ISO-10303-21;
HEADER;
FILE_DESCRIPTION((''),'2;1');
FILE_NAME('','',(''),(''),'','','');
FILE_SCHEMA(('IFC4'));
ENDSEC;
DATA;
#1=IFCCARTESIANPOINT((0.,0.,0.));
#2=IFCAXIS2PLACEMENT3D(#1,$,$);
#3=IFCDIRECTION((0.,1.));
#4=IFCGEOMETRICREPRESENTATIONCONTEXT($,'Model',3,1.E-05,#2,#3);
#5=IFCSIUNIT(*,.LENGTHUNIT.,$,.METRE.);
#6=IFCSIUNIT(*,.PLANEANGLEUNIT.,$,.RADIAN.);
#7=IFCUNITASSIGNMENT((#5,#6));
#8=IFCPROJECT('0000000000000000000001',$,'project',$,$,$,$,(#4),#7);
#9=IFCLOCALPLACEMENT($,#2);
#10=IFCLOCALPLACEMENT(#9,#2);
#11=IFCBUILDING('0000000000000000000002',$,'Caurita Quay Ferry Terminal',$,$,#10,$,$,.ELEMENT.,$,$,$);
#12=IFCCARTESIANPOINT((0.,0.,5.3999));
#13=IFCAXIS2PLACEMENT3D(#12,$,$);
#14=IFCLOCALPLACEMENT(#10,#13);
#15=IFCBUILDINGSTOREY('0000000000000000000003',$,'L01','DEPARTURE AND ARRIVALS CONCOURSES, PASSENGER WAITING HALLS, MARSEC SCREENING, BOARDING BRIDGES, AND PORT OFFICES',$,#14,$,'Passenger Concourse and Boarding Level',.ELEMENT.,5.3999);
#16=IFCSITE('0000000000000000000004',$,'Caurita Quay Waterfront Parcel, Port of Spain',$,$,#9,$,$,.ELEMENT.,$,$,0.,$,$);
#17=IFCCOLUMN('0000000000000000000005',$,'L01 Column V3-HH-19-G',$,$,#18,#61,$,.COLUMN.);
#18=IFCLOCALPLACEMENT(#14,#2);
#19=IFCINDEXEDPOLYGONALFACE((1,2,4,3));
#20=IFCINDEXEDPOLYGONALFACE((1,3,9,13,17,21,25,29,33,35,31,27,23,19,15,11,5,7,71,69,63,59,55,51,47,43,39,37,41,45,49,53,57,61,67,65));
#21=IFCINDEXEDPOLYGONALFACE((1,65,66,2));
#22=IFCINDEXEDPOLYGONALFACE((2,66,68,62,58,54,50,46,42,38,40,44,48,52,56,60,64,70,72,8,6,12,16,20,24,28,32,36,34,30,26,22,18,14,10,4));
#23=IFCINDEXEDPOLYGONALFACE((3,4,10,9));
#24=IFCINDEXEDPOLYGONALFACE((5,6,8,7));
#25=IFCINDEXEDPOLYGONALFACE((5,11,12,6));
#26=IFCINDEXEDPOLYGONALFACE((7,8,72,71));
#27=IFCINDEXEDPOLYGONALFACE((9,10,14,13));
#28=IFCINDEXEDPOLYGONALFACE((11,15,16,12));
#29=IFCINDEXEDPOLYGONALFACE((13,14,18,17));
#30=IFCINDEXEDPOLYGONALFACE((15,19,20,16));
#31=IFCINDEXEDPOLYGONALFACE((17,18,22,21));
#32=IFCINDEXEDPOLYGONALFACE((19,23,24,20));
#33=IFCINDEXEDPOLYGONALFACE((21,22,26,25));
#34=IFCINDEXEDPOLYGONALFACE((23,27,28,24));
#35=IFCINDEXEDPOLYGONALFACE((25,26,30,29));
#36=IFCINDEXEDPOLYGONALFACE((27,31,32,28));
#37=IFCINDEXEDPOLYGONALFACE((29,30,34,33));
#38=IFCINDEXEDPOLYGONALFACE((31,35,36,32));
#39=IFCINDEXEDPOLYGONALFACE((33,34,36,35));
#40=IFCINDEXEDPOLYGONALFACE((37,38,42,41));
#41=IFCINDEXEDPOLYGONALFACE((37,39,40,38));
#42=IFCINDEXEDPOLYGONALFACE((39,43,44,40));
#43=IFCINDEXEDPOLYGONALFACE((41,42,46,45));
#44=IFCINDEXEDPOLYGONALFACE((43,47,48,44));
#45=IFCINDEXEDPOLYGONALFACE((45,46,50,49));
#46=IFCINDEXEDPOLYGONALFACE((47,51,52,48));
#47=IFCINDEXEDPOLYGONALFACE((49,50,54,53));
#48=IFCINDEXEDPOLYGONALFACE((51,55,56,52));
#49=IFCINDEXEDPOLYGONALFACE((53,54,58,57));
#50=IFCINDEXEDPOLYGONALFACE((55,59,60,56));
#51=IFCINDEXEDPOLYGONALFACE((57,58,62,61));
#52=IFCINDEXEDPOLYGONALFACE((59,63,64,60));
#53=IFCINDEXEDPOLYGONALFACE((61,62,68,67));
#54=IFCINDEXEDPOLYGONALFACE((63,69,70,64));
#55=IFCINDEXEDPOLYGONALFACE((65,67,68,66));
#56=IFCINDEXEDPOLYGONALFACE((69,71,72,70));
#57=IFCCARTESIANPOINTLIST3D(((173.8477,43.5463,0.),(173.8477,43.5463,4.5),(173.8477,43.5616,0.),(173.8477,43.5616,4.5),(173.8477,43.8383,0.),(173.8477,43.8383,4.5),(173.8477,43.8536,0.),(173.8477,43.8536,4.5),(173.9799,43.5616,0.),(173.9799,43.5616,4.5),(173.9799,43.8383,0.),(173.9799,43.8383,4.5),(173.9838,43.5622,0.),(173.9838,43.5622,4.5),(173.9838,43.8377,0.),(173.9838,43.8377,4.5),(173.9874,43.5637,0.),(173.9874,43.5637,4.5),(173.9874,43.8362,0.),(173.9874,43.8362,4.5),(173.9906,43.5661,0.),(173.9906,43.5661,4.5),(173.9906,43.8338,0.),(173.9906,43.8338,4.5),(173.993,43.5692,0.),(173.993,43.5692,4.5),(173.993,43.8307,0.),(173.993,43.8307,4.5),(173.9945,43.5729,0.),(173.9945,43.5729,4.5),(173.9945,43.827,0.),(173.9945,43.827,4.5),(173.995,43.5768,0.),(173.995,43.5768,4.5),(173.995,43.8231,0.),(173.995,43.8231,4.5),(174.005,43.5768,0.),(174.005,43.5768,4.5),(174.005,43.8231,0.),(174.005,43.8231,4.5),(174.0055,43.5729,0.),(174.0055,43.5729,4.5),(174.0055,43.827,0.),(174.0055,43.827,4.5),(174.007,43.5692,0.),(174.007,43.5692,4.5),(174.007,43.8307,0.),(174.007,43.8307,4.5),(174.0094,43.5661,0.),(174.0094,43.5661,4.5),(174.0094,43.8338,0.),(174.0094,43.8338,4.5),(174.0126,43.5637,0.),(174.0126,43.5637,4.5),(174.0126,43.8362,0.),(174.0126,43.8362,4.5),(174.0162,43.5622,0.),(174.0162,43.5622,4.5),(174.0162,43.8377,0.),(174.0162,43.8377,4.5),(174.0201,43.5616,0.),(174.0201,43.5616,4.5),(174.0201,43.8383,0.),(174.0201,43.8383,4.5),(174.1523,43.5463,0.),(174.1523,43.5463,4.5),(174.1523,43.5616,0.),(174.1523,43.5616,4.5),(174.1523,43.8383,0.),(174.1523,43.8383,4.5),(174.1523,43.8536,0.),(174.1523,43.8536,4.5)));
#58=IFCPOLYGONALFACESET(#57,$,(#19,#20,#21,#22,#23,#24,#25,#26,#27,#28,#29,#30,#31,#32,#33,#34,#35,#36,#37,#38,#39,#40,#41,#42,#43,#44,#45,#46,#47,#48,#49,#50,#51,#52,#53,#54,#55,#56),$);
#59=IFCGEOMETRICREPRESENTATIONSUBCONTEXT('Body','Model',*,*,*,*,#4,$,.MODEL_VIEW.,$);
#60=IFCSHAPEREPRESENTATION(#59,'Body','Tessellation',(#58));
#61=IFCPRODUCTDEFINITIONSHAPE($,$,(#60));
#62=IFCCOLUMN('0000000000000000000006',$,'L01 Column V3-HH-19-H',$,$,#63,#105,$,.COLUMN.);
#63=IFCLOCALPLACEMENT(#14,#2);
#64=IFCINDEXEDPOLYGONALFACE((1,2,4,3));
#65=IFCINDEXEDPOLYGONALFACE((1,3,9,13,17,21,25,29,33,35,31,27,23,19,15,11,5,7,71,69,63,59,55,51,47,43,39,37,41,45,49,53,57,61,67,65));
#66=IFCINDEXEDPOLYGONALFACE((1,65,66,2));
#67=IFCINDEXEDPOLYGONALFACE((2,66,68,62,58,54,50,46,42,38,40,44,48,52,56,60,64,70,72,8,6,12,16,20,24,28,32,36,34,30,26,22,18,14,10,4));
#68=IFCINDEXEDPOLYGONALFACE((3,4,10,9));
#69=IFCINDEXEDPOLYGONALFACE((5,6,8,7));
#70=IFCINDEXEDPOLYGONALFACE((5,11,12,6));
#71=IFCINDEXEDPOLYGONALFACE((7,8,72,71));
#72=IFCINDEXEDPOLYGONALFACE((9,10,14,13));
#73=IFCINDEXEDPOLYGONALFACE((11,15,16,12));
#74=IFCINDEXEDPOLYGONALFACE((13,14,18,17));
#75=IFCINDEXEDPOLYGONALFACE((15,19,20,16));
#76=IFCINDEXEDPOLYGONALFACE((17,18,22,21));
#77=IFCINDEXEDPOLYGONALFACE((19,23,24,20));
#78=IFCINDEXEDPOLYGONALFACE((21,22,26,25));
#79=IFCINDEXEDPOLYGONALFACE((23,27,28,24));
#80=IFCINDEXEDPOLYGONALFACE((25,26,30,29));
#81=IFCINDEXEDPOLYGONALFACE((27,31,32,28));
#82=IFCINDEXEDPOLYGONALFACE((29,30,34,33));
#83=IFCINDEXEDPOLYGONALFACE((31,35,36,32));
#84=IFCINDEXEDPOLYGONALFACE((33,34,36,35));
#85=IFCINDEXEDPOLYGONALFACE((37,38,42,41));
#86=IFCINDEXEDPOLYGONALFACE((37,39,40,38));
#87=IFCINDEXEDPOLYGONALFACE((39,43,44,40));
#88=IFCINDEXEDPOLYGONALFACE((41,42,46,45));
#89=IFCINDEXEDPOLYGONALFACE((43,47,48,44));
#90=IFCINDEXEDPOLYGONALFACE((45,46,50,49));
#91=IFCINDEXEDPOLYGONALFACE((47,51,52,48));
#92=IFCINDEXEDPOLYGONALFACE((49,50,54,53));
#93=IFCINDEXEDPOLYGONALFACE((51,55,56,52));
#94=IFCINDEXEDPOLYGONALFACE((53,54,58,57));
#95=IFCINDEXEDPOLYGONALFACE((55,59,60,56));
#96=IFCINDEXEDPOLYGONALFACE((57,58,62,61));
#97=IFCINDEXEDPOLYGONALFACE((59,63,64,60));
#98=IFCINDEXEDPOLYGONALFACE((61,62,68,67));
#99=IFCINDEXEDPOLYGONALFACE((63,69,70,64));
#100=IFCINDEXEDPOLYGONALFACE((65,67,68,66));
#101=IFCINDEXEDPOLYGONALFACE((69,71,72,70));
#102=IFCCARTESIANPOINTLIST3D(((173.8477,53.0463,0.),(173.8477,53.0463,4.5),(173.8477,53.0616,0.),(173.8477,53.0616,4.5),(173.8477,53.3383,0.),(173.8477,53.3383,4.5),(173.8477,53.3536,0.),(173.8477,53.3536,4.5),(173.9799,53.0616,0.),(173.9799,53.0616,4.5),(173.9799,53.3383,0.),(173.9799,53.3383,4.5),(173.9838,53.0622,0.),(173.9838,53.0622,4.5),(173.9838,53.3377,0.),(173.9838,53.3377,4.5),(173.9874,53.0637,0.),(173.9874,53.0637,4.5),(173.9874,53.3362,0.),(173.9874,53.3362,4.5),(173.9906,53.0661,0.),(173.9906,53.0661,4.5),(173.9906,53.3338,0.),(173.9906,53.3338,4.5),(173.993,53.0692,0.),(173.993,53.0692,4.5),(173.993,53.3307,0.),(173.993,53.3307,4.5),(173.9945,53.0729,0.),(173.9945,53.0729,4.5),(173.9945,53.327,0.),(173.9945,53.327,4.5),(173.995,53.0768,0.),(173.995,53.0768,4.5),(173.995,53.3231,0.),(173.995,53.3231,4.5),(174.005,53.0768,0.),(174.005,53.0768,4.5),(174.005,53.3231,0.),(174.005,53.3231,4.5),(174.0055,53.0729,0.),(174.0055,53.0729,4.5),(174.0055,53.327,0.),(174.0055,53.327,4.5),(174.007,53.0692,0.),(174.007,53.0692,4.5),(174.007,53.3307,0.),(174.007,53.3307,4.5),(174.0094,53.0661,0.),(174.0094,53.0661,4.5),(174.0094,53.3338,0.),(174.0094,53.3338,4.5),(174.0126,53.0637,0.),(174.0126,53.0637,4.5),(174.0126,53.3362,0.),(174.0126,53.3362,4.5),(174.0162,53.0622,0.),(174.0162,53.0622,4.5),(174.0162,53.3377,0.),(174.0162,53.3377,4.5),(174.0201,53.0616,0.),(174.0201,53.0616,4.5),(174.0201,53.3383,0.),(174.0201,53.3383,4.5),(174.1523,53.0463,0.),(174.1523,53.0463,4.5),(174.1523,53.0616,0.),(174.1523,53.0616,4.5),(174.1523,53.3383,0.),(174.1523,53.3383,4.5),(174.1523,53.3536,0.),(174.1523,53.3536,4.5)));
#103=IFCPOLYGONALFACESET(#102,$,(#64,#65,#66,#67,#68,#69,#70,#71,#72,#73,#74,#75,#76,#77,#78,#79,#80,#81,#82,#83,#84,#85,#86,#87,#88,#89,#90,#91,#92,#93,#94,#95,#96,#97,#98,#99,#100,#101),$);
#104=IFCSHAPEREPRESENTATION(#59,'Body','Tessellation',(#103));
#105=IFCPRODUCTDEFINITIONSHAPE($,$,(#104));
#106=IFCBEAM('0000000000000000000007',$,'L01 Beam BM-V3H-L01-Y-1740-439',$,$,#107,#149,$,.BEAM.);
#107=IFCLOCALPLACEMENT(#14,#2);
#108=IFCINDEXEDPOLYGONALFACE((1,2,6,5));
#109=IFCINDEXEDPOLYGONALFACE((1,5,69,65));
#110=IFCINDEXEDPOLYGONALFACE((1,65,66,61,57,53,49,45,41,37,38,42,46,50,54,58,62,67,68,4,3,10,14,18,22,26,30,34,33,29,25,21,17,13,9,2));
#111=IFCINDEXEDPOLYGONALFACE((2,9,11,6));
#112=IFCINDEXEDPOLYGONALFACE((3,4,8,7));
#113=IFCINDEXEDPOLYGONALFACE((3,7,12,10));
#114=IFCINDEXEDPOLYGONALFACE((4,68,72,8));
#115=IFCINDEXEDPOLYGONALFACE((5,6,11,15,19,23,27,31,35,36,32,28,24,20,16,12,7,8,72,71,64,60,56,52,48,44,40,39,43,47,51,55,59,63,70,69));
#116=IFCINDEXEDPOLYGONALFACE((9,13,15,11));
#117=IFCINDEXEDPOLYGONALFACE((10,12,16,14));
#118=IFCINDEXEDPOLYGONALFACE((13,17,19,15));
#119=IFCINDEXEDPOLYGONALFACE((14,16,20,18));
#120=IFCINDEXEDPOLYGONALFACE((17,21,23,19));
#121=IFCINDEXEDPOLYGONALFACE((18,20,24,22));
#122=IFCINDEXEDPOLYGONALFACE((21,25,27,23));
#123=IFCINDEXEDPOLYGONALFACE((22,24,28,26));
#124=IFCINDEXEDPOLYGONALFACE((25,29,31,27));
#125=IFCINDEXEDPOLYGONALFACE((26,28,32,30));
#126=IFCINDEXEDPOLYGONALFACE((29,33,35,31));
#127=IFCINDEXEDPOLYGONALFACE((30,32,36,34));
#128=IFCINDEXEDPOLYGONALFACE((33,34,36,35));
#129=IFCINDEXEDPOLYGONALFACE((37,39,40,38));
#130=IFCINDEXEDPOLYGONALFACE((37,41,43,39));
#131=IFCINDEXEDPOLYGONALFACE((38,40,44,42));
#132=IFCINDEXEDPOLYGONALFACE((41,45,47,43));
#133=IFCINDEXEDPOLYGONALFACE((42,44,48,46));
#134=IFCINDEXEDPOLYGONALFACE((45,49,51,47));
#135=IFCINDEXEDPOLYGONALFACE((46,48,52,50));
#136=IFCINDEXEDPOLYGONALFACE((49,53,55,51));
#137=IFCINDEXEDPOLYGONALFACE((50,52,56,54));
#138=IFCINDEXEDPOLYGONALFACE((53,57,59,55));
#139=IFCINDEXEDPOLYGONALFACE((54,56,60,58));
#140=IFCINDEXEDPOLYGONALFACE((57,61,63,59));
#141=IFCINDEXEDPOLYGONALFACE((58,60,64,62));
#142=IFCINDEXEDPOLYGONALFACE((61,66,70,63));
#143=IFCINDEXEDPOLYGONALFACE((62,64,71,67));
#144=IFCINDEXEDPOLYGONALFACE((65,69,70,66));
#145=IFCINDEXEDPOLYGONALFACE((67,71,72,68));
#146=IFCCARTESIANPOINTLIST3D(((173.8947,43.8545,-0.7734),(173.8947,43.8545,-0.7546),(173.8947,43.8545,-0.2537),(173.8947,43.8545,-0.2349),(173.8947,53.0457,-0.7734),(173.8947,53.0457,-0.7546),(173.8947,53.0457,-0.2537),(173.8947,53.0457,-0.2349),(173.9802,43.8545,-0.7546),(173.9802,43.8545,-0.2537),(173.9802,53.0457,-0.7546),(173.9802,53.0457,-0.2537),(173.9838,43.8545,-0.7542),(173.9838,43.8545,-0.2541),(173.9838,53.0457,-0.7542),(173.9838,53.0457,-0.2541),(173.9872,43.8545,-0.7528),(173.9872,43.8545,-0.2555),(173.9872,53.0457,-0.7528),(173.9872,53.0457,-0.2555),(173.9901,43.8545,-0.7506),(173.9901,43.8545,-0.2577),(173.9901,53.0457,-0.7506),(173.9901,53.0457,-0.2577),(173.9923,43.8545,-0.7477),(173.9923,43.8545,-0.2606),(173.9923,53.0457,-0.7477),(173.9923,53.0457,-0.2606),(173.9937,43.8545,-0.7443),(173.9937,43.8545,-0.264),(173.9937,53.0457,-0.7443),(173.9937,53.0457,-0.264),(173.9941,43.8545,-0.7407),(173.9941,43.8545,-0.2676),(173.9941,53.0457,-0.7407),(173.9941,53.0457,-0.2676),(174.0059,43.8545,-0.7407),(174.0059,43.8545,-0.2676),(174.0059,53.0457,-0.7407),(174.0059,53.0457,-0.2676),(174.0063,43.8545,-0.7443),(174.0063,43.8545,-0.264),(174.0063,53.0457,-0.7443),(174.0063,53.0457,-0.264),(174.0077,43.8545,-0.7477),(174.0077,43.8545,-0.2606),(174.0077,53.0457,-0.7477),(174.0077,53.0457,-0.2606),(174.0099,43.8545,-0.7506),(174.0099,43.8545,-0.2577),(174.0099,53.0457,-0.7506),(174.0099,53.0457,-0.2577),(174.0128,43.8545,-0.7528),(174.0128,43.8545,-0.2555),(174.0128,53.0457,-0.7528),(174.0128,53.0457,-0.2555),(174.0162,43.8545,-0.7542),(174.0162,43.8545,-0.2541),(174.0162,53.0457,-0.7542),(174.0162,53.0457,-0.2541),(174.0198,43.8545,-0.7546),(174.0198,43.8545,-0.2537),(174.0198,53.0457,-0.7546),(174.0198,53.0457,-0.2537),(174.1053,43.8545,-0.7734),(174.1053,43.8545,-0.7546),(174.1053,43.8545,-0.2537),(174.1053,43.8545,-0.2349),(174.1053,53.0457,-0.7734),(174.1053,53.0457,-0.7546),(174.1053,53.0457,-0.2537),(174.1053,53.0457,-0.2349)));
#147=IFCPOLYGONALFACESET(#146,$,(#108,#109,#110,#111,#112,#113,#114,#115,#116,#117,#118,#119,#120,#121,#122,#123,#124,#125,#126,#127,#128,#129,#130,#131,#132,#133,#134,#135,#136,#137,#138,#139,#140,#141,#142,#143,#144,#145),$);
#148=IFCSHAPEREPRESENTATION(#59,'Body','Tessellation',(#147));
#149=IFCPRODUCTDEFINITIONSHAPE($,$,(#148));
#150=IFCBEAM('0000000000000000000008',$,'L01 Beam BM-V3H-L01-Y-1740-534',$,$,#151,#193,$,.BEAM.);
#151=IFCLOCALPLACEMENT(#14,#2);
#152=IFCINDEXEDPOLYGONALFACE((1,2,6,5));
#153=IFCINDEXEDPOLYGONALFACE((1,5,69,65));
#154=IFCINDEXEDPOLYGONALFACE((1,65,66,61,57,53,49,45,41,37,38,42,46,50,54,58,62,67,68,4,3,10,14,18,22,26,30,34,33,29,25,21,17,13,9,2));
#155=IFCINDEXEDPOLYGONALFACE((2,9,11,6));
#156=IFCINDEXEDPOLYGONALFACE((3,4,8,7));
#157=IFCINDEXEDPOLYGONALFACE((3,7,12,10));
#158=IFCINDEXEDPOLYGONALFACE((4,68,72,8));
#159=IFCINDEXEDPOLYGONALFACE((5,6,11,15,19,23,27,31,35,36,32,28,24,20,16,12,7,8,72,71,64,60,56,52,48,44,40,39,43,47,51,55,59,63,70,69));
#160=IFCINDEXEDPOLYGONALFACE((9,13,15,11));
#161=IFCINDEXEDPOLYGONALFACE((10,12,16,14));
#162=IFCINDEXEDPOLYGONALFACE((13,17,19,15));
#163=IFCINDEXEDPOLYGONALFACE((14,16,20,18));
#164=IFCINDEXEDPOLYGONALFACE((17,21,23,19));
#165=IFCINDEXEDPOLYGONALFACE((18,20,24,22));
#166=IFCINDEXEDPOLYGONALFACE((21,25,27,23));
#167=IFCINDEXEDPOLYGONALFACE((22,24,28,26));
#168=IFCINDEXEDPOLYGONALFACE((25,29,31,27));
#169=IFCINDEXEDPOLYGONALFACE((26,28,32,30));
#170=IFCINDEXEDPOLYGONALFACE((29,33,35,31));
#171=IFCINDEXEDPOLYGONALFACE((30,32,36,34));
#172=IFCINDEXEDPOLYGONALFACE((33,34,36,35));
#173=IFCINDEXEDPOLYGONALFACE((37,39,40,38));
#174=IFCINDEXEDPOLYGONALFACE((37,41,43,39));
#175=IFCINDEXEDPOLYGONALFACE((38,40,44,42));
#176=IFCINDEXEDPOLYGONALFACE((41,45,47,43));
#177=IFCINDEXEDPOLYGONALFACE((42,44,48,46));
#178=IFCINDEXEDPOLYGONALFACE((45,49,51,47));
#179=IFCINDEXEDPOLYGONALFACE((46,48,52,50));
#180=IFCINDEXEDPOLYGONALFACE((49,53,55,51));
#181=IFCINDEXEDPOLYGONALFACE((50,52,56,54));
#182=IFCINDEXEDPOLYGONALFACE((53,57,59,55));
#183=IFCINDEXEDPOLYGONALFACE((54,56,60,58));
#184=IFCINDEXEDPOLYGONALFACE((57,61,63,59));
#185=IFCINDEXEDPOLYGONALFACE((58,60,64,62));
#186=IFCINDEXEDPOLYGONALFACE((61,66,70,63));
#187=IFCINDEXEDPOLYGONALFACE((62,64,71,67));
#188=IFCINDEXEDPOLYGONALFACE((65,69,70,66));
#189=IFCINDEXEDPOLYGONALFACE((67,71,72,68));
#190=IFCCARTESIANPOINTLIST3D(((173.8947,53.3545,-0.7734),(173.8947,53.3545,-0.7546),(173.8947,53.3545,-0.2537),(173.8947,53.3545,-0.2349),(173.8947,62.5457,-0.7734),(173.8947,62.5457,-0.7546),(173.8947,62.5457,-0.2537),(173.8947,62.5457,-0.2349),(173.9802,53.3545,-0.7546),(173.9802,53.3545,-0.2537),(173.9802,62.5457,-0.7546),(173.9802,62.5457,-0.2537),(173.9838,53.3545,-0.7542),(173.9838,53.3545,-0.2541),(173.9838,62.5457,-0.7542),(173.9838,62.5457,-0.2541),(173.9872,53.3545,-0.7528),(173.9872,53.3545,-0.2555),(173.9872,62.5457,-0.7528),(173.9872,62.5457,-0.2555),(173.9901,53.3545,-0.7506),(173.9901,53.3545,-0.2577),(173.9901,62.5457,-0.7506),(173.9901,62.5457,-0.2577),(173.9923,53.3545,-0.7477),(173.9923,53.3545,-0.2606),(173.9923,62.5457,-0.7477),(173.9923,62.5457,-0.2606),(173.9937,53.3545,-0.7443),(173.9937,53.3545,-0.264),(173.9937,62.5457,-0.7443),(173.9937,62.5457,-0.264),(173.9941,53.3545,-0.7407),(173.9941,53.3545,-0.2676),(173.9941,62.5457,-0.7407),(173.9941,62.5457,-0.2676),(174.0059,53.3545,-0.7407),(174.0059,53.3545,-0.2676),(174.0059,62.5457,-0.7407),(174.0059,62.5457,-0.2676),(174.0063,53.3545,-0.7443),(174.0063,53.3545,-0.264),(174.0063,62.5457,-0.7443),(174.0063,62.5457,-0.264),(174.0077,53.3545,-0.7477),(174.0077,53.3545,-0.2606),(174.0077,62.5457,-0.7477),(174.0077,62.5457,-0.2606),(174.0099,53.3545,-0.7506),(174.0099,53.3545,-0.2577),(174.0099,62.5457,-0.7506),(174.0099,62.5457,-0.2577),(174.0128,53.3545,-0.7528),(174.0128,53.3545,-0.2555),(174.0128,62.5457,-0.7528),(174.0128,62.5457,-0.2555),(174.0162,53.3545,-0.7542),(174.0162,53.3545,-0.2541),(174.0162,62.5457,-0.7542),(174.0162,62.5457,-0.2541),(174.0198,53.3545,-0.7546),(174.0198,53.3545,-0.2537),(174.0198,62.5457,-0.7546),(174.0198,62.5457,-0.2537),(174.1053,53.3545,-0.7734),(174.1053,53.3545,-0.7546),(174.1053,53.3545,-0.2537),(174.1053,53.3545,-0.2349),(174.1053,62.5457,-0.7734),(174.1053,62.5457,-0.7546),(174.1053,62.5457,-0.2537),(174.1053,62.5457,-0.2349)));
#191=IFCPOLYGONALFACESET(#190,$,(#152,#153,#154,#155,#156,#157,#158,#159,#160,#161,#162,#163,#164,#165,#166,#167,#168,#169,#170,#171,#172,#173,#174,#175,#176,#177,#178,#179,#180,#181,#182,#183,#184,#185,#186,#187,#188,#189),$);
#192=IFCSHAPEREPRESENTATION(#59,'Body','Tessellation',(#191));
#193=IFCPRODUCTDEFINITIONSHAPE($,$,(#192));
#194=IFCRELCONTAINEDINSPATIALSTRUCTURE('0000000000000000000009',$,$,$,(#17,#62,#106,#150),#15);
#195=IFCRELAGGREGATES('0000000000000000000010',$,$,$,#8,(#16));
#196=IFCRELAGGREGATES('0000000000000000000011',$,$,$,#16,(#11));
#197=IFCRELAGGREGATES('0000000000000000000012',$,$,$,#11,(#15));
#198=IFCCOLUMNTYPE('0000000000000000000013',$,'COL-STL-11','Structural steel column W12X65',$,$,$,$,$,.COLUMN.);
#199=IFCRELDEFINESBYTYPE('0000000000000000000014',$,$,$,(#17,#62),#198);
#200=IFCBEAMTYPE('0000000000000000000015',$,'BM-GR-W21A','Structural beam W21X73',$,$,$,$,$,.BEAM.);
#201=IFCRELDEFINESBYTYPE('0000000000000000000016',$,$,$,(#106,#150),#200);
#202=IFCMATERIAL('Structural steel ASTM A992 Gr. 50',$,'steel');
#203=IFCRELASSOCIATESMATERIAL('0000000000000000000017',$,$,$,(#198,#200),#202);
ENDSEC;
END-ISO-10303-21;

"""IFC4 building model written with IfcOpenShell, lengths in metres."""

from ifc_helpers import new_model, si_unit, direction, frame, origin, origin_2d, place, context, subcontext, project, spatial, i_section, extrude, material, material_profile, profile_set, type_object, element, save


model = new_model("IFC4")

# Units and contexts
model_context = context("Model", 3, precision=1e-05, world=origin(), true_north=direction((0.0, 1.0)))
body_context = subcontext(model_context, "Body", "Model", "MODEL_VIEW")
ifc_project = project(units=[si_unit("LENGTHUNIT", "METRE"), si_unit("PLANEANGLEUNIT", "RADIAN")], contexts=[model_context])

# Site, building, storey
site_placement = place(None, origin())
site = spatial("IfcSite", under=ifc_project, at=site_placement, Name="Caurita Quay Waterfront Parcel, Port of Spain", CompositionType="ELEMENT", RefElevation=0.0)
building_placement = place(site_placement, origin())
building = spatial("IfcBuilding", under=site, at=building_placement, Name="Caurita Quay Ferry Terminal", CompositionType="ELEMENT")
storey_placement = place(building_placement, frame((0.0, 0.0, 5.3999)))
storey = spatial("IfcBuildingStorey", under=building, at=storey_placement, Name="L01", Description="DEPARTURE AND ARRIVALS CONCOURSES, PASSENGER WAITING HALLS, MARSEC SCREENING, BOARDING BRIDGES, AND PORT OFFICES", LongName="Passenger Concourse and Boarding Level", CompositionType="ELEMENT", Elevation=5.3999)

# Columns
ifc_material_1 = material(Name="Structural steel ASTM A992 Gr. 50", Category="steel")
ifc_material_profile_1 = material_profile(ifc_material_1, i_section(OverallWidth=0.3047, OverallDepth=0.3074, WebThickness=0.01, FlangeThickness=0.0154, FilletRadius=0.0151, at=origin_2d()), Name="W12X65")
ifc_profile_set_1 = profile_set([ifc_material_profile_1], Name="Structural steel ASTM A992 Gr. 50")
column_type = type_object("IfcColumnType", Name="COL-STL-11", Description="Structural steel column W12X65", PredefinedType="COLUMN", material=ifc_profile_set_1)
for number, where, z_axis, x_axis, name in (
    (1, (174.0, 43.7, 0.0), (0.0, 0.0, 1.0), (1.0, 0.0, 0.0), "L01 Column V3-HH-19-G"),
    (2, (174.0, 53.2, 0.0), (0.0, 0.0, 1.0), (1.0, 0.0, 0.0), "L01 Column V3-HH-19-H"),
):
    element("IfcColumn", number, at=place(storey_placement, frame(where, z_axis=z_axis, x_axis=x_axis)), inside=storey, type_object=column_type, Name=name, PredefinedType="COLUMN", context=body_context, shape_type="SweptSolid", body=[
        extrude(i_section(OverallWidth=0.3047, OverallDepth=0.3074, WebThickness=0.01, FlangeThickness=0.0154, FilletRadius=0.0151, at=origin_2d()), origin(), (0.0, 0.0, 1.0), 4.5),
    ])

# Beams
ifc_material_profile_2 = material_profile(ifc_material_1, i_section(OverallWidth=0.2107, OverallDepth=0.5386, WebThickness=0.0117, FlangeThickness=0.0188, FilletRadius=0.0139, at=origin_2d()), Name="W21X73")
ifc_profile_set_2 = profile_set([ifc_material_profile_2], Name="Structural steel ASTM A992 Gr. 50")
beam_type = type_object("IfcBeamType", Name="BM-GR-W21A", Description="Structural beam W21X73", PredefinedType="BEAM", material=ifc_profile_set_2)
for number, where, z_axis, x_axis, name in (
    (3, (174.0, 43.8545, -0.5042), (0.0, 1.0, 0.0), (-1.0, 0.0, 0.0), "L01 Beam BM-V3H-L01-Y-1740-439"),
    (4, (174.0, 53.3545, -0.5042), (0.0, 1.0, 0.0), (-1.0, 0.0, 0.0), "L01 Beam BM-V3H-L01-Y-1740-534"),
):
    element("IfcBeam", number, at=place(storey_placement, frame(where, z_axis=z_axis, x_axis=x_axis)), inside=storey, type_object=beam_type, Name=name, PredefinedType="BEAM", context=body_context, shape_type="SweptSolid", body=[
        extrude(i_section(OverallWidth=0.2107, OverallDepth=0.5386, WebThickness=0.0117, FlangeThickness=0.0188, FilletRadius=0.0139, at=origin_2d()), origin(), (0.0, 0.0, 1.0), 9.1912),
    ])

save(model, "model.ifc")
